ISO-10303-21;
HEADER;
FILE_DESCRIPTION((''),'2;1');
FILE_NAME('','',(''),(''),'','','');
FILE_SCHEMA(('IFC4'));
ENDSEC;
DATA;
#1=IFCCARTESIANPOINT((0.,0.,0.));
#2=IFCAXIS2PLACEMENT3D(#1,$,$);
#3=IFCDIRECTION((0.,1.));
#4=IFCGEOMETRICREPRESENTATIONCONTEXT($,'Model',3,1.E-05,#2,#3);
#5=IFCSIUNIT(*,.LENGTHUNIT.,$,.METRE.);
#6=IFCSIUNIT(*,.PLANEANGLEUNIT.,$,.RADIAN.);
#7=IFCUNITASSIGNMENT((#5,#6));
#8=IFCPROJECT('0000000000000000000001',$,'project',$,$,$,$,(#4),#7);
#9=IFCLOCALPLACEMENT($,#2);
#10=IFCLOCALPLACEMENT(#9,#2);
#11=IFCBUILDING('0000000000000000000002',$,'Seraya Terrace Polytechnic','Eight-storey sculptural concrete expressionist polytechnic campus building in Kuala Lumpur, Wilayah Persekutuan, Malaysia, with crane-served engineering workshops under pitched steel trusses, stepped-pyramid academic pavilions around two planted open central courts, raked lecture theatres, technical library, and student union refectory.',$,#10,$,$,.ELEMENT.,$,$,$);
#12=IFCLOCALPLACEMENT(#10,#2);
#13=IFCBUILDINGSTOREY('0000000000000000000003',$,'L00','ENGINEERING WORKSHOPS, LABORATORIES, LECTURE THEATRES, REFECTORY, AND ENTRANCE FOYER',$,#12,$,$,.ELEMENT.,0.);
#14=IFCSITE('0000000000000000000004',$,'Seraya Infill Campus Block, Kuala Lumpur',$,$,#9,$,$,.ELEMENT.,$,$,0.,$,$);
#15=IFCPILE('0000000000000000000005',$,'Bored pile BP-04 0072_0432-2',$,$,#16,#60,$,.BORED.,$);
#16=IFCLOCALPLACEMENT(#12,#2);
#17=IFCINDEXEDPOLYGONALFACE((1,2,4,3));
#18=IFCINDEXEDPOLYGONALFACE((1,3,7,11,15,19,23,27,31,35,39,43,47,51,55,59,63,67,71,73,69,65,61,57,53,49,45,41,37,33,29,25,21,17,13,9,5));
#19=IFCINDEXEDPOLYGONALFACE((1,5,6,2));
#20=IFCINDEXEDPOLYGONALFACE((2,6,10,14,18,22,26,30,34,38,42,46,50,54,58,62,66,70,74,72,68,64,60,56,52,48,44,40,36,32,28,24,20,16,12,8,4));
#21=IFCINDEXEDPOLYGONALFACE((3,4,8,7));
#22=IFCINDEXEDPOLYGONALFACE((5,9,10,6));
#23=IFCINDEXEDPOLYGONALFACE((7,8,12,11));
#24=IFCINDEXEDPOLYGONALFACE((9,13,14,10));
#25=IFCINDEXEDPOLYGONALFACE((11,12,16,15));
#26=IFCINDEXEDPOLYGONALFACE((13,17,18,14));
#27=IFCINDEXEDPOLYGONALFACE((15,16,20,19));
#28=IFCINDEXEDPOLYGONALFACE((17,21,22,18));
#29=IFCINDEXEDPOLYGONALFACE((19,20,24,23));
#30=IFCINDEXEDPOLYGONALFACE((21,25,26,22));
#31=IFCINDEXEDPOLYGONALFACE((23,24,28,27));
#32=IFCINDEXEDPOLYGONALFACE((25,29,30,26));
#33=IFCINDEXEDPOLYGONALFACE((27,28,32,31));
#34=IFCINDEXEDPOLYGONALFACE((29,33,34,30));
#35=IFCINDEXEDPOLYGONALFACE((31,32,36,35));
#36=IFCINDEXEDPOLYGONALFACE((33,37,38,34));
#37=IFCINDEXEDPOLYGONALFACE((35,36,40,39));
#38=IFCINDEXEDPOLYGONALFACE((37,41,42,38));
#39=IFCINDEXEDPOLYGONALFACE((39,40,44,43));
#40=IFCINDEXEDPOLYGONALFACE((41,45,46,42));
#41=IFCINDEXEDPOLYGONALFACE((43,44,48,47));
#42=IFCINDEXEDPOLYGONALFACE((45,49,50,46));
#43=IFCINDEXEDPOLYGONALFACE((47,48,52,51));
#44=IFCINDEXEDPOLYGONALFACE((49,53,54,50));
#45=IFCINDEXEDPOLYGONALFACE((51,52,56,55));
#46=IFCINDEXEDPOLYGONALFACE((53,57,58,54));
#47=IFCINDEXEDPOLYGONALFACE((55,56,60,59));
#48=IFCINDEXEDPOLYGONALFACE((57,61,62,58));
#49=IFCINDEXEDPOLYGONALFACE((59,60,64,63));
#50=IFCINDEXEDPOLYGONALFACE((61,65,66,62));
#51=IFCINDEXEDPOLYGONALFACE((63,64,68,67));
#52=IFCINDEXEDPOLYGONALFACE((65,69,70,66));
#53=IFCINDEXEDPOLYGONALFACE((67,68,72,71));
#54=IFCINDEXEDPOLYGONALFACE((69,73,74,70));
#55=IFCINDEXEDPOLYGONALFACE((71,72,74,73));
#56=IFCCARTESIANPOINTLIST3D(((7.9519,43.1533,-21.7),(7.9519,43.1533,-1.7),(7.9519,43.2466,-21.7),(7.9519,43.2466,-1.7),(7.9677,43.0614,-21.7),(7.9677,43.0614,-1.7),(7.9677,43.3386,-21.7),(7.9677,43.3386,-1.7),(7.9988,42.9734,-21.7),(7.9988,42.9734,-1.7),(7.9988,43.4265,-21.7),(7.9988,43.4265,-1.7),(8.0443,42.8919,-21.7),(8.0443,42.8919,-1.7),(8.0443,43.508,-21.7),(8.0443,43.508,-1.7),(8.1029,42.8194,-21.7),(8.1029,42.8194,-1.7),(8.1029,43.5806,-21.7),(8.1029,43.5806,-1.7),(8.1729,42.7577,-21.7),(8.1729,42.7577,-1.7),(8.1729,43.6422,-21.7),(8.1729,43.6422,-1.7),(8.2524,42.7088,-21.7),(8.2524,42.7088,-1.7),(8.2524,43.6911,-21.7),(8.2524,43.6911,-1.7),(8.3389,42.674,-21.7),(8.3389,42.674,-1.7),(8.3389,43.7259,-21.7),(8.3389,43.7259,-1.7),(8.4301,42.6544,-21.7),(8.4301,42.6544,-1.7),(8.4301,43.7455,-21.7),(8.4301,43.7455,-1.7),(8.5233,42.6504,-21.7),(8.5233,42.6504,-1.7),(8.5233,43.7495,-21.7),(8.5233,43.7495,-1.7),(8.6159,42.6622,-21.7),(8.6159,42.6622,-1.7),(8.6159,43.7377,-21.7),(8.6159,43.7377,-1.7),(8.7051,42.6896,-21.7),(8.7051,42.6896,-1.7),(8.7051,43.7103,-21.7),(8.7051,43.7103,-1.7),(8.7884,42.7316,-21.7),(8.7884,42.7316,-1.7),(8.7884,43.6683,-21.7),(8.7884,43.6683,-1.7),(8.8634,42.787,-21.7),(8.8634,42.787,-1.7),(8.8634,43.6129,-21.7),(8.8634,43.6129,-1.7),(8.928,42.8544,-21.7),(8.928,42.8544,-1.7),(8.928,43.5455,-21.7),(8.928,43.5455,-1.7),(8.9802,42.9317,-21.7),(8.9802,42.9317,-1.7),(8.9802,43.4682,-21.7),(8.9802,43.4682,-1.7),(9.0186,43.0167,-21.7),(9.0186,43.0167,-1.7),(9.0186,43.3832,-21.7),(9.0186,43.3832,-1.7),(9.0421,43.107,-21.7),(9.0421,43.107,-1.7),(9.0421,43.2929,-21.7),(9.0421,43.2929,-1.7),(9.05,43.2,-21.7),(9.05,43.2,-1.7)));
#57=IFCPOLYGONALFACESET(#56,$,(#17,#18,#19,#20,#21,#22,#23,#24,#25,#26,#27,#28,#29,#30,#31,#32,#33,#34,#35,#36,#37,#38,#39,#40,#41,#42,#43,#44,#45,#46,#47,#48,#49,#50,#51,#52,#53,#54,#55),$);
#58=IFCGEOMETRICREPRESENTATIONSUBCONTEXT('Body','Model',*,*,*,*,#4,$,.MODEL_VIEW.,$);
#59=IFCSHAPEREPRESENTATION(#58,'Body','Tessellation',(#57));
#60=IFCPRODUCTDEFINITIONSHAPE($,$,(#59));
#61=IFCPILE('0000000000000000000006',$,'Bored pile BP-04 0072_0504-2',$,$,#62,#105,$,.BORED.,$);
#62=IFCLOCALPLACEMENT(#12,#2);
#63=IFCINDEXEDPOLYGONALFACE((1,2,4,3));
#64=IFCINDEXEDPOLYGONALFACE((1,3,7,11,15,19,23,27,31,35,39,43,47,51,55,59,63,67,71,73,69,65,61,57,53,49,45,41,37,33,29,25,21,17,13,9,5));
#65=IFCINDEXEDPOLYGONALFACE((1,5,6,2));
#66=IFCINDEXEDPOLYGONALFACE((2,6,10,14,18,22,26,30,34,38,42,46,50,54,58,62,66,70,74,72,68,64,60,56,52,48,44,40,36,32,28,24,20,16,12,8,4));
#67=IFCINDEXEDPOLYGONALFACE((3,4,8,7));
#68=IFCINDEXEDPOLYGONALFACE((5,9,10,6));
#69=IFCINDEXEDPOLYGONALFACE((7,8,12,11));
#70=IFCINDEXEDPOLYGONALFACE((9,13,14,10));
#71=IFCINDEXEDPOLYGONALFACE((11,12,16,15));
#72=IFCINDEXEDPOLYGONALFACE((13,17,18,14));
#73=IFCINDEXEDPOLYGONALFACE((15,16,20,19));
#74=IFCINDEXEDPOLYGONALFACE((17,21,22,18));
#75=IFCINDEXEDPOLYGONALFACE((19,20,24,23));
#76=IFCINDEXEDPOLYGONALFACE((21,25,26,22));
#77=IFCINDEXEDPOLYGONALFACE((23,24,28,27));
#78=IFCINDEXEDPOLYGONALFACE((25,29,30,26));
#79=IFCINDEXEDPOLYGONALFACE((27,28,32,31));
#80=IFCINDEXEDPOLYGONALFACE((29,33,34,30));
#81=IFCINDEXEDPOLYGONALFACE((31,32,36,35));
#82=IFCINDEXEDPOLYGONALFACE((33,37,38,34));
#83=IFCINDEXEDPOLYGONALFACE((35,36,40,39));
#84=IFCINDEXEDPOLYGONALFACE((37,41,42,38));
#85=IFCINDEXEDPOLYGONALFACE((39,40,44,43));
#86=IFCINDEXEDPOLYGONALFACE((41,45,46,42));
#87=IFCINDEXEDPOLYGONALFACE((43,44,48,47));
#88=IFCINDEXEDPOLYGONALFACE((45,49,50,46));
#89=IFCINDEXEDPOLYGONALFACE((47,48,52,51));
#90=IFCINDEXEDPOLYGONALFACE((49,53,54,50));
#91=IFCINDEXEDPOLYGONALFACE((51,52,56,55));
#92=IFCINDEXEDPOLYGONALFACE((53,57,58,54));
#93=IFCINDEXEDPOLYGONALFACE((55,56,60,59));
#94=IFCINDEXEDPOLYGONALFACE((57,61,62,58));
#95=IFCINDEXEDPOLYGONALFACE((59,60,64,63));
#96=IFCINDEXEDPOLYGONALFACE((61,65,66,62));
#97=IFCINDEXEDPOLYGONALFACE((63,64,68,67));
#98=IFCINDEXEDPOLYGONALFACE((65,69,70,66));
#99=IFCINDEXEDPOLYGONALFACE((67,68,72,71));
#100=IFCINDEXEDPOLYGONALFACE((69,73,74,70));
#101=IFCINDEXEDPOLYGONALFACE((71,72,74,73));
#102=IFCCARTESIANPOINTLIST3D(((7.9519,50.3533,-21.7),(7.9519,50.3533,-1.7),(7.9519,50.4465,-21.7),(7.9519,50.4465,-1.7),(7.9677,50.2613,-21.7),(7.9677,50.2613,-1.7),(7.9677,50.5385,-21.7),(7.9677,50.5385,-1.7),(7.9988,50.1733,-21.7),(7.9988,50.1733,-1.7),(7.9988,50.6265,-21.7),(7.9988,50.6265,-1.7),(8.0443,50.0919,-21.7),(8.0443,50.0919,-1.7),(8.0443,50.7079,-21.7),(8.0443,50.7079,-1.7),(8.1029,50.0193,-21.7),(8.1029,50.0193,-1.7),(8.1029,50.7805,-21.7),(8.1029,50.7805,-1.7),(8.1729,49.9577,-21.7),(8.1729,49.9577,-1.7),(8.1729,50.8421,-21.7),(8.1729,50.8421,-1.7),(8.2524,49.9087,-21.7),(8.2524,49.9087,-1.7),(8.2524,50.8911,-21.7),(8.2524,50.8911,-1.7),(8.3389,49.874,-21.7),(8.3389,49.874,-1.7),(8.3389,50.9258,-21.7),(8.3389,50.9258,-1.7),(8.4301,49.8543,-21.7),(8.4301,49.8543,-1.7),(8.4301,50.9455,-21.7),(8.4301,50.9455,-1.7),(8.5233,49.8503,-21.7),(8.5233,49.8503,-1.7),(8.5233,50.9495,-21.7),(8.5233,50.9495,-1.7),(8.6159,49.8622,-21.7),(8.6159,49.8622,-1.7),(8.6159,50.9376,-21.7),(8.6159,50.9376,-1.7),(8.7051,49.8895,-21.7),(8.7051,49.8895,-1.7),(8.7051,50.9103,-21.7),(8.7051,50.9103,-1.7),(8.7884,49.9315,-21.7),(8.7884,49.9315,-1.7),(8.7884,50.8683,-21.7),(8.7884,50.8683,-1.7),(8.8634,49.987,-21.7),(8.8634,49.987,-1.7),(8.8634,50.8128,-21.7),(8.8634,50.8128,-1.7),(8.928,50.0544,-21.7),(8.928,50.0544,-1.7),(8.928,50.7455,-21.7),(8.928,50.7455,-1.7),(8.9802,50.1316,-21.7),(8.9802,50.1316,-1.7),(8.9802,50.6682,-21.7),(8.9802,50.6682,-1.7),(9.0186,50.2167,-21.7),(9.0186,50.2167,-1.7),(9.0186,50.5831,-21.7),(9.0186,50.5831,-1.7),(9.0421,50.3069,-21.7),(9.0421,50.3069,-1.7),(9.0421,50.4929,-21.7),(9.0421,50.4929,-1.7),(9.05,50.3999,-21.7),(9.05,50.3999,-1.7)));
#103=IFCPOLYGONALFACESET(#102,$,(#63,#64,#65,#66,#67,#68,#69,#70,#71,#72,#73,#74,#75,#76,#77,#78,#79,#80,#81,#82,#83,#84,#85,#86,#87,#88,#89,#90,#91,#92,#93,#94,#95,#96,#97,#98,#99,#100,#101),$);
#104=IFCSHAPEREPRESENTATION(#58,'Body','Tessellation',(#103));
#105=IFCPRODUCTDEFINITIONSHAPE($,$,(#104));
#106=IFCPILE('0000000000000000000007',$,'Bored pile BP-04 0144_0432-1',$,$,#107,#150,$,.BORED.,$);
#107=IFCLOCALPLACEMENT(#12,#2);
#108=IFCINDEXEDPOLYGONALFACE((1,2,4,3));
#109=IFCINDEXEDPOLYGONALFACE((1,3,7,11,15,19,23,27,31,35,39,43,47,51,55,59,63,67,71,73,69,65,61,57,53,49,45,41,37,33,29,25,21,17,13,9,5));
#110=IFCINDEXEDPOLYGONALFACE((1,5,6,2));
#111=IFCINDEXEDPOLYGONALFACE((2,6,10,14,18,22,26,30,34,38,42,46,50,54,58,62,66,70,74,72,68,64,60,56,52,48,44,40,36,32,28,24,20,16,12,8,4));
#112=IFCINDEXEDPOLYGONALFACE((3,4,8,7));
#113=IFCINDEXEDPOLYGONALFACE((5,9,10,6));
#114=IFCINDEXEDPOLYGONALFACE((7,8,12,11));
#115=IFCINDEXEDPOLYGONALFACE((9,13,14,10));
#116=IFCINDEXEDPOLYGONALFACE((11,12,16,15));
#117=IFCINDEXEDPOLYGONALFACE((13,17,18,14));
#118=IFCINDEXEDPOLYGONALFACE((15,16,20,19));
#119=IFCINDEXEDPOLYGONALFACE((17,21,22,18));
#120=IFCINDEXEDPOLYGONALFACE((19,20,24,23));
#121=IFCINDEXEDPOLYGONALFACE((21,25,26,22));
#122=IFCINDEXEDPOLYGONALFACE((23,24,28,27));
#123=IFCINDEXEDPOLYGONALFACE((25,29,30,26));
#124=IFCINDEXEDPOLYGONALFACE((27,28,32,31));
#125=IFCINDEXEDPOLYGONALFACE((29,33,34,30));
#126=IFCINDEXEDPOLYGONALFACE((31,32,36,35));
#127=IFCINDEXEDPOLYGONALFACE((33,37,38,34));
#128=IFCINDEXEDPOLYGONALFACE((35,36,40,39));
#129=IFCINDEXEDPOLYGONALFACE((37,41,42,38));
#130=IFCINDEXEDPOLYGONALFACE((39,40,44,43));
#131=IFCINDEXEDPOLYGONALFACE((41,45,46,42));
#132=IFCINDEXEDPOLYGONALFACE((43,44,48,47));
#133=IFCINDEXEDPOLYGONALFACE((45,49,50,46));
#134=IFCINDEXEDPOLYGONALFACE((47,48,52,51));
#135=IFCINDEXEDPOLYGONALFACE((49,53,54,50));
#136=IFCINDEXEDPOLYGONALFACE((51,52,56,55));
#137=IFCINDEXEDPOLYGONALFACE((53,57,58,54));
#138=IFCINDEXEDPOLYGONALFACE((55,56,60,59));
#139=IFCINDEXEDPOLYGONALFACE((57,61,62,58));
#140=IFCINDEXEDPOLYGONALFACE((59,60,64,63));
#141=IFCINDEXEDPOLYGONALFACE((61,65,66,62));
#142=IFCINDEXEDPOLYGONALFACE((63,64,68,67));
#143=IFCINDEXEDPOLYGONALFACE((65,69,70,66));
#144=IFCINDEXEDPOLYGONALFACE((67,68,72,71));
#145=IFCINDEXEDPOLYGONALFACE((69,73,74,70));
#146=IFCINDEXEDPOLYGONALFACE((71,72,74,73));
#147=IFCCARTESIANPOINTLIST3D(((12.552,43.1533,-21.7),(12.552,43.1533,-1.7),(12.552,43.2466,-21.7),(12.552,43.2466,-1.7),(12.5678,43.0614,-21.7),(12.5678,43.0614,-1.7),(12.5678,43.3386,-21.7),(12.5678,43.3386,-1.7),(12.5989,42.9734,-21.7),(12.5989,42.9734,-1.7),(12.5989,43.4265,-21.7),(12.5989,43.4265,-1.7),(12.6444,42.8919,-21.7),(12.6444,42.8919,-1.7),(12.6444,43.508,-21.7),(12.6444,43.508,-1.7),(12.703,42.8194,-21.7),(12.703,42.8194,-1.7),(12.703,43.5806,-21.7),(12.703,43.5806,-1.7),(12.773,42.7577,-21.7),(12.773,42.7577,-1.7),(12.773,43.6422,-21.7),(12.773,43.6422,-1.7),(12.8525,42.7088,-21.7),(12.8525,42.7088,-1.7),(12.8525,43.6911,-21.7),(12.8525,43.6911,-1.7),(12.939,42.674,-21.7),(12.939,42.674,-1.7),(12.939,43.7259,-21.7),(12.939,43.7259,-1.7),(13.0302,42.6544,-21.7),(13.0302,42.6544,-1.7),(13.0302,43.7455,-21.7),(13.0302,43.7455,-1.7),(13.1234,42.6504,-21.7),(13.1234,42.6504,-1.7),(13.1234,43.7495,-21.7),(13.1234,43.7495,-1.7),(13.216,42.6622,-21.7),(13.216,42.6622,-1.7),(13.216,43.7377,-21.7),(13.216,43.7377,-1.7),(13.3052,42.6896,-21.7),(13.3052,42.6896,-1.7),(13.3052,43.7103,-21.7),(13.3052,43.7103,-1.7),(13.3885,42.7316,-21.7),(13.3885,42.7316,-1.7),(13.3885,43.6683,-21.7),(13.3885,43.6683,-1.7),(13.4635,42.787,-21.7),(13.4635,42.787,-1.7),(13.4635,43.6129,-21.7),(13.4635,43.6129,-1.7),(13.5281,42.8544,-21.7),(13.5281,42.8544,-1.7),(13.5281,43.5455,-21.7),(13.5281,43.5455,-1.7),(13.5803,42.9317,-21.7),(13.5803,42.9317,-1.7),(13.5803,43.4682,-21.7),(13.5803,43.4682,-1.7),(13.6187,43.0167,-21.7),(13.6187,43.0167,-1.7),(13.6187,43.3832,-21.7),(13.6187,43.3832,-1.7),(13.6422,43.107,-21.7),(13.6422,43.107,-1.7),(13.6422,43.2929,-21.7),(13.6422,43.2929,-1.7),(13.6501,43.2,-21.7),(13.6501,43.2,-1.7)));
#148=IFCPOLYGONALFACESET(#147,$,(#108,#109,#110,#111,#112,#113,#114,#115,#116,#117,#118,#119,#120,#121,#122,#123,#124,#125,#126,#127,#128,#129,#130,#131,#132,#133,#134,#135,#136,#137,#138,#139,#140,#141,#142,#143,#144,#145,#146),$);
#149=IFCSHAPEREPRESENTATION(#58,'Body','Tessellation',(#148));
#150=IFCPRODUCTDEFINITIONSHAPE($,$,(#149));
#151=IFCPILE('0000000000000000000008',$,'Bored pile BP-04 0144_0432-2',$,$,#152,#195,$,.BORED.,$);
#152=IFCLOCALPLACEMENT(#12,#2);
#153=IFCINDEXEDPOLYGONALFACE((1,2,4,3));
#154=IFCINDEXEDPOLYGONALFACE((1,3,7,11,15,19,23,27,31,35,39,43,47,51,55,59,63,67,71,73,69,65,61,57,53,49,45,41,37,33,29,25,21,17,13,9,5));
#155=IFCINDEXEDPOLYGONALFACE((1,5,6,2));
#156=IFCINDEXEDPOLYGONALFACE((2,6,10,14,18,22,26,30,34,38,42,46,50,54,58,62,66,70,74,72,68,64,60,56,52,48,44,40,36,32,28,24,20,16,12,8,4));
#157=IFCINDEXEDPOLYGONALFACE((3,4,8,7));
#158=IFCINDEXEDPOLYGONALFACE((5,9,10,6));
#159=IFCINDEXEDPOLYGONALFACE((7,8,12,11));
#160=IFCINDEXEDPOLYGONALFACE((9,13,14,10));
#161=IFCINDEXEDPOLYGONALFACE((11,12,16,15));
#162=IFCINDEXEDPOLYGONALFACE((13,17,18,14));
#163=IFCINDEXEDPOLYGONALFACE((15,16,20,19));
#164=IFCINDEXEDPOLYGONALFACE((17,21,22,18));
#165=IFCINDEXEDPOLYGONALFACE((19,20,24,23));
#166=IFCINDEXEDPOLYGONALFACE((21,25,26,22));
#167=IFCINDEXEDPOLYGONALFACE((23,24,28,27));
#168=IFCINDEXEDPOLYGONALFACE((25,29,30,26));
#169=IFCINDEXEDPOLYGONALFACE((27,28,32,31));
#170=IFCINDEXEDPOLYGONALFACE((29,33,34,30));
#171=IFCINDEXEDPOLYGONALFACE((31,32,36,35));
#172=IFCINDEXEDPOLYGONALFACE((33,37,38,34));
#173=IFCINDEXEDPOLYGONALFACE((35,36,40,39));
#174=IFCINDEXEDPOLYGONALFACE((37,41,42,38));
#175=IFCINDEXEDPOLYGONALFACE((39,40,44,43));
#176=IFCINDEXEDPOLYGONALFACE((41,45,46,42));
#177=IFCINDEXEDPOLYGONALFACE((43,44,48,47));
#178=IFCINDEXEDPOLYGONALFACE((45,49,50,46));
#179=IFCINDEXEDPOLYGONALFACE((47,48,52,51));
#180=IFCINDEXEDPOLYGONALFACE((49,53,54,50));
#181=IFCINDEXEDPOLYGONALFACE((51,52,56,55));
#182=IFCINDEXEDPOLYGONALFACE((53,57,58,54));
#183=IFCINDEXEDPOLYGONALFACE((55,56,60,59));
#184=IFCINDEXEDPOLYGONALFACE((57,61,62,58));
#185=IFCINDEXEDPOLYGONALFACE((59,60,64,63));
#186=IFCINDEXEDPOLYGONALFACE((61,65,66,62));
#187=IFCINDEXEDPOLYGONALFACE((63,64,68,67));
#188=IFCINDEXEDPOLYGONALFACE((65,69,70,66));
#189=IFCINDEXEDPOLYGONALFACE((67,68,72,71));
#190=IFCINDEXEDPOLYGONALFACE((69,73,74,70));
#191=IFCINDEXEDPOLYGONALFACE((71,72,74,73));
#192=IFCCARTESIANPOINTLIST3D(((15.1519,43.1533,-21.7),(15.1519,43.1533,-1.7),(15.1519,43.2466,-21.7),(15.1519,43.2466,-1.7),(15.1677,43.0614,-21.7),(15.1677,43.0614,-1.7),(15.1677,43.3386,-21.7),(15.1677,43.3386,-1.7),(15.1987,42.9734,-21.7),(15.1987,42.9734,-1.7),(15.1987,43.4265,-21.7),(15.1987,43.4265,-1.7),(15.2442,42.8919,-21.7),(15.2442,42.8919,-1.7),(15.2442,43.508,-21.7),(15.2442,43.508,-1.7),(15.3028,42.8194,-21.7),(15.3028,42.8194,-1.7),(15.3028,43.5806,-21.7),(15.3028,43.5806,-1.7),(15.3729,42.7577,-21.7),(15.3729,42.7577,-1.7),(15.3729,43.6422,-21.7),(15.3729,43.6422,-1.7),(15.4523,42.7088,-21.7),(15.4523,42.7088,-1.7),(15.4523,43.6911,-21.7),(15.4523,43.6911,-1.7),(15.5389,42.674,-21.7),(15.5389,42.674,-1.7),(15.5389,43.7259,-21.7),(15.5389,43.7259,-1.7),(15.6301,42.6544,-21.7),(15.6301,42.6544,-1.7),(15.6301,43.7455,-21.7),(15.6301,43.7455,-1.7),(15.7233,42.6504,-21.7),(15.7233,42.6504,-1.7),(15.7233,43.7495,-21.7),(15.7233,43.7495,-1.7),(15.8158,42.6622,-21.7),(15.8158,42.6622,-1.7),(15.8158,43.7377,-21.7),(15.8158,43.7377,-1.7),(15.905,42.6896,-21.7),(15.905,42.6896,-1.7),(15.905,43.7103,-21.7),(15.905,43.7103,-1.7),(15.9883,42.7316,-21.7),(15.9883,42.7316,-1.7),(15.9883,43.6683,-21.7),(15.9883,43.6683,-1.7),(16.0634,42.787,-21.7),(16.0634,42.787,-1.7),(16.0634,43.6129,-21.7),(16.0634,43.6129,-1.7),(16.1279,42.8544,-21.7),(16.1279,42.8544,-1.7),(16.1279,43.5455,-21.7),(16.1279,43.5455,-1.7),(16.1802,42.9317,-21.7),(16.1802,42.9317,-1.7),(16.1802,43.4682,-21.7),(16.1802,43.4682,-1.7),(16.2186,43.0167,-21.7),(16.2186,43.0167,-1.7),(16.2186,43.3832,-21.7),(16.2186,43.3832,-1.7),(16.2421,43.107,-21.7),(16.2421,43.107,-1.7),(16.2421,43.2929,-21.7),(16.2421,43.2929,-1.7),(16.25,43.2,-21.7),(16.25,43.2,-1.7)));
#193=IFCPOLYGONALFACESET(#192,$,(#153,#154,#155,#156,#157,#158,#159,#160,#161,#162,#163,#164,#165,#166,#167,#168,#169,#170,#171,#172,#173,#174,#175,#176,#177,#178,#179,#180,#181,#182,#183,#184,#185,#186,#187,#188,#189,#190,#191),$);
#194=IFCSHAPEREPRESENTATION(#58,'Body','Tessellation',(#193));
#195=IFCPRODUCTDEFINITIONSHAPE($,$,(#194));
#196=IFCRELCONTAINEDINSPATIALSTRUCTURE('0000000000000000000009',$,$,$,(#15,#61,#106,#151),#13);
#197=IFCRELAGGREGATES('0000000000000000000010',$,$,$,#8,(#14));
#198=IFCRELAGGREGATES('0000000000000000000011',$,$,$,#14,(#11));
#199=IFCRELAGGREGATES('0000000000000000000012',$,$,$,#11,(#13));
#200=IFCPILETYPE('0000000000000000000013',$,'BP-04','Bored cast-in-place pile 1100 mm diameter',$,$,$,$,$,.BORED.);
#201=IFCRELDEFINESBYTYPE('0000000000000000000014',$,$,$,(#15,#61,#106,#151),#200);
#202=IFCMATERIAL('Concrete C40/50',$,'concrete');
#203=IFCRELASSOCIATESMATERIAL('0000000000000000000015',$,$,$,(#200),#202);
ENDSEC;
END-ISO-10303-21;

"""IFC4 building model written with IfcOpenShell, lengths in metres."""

from ifc_helpers import new_model, si_unit, direction, frame, origin, origin_2d, place, context, subcontext, project, spatial, circle, extrude, material, material_profile, profile_set, type_object, element, save


model = new_model("IFC4")

# Units and contexts
model_context = context("Model", 3, precision=1e-05, world=origin(), true_north=direction((0.0, 1.0)))
body_context = subcontext(model_context, "Body", "Model", "MODEL_VIEW")
ifc_project = project(units=[si_unit("LENGTHUNIT", "METRE"), si_unit("PLANEANGLEUNIT", "RADIAN")], contexts=[model_context])

# Site, building, storey
site_placement = place(None, origin())
site = spatial("IfcSite", under=ifc_project, at=site_placement, Name="Seraya Infill Campus Block, Kuala Lumpur", CompositionType="ELEMENT", RefElevation=0.0)
building_placement = place(site_placement, origin())
building = spatial("IfcBuilding", under=site, at=building_placement, Name="Seraya Terrace Polytechnic", Description="Eight-storey sculptural concrete expressionist polytechnic campus building in Kuala Lumpur, Wilayah Persekutuan, Malaysia, with crane-served engineering workshops under pitched steel trusses, stepped-pyramid academic pavilions around two planted open central courts, raked lecture theatres, technical library, and student union refectory.", CompositionType="ELEMENT")
storey_placement = place(building_placement, origin())
storey = spatial("IfcBuildingStorey", under=building, at=storey_placement, Name="L00", Description="ENGINEERING WORKSHOPS, LABORATORIES, LECTURE THEATRES, REFECTORY, AND ENTRANCE FOYER", CompositionType="ELEMENT", Elevation=0.0)

# Piles
ifc_material_1 = material(Name="Concrete C40/50", Category="concrete")
ifc_material_profile_1 = material_profile(ifc_material_1, circle(Radius=0.55, at=origin_2d()), Name="DIA 1100")
ifc_profile_set_1 = profile_set([ifc_material_profile_1], Name="Concrete C40/50")
pile_type = type_object("IfcPileType", Name="BP-04", Description="Bored cast-in-place pile 1100 mm diameter", PredefinedType="BORED", material=ifc_profile_set_1)
for number, where, z_axis, x_axis, name in (
    (1, (8.5, 43.2, -1.7), (0.0, 0.0, -1.0), (1.0, 0.0, 0.0), "Bored pile BP-04 0072_0432-2"),
    (2, (8.5, 50.3999, -1.7), (0.0, 0.0, -1.0), (1.0, 0.0, 0.0), "Bored pile BP-04 0072_0504-2"),
    (3, (13.1001, 43.2, -1.7), (0.0, 0.0, -1.0), (1.0, 0.0, 0.0), "Bored pile BP-04 0144_0432-1"),
    (4, (15.7, 43.2, -1.7), (0.0, 0.0, -1.0), (1.0, 0.0, 0.0), "Bored pile BP-04 0144_0432-2"),
):
    element("IfcPile", number, at=place(storey_placement, frame(where, z_axis=z_axis, x_axis=x_axis)), inside=storey, type_object=pile_type, Name=name, PredefinedType="BORED", context=body_context, shape_type="SweptSolid", body=[
        extrude(circle(Radius=0.55, at=origin_2d()), origin(), (0.0, 0.0, 1.0), 20.0),
    ])

save(model, "model.ifc")
